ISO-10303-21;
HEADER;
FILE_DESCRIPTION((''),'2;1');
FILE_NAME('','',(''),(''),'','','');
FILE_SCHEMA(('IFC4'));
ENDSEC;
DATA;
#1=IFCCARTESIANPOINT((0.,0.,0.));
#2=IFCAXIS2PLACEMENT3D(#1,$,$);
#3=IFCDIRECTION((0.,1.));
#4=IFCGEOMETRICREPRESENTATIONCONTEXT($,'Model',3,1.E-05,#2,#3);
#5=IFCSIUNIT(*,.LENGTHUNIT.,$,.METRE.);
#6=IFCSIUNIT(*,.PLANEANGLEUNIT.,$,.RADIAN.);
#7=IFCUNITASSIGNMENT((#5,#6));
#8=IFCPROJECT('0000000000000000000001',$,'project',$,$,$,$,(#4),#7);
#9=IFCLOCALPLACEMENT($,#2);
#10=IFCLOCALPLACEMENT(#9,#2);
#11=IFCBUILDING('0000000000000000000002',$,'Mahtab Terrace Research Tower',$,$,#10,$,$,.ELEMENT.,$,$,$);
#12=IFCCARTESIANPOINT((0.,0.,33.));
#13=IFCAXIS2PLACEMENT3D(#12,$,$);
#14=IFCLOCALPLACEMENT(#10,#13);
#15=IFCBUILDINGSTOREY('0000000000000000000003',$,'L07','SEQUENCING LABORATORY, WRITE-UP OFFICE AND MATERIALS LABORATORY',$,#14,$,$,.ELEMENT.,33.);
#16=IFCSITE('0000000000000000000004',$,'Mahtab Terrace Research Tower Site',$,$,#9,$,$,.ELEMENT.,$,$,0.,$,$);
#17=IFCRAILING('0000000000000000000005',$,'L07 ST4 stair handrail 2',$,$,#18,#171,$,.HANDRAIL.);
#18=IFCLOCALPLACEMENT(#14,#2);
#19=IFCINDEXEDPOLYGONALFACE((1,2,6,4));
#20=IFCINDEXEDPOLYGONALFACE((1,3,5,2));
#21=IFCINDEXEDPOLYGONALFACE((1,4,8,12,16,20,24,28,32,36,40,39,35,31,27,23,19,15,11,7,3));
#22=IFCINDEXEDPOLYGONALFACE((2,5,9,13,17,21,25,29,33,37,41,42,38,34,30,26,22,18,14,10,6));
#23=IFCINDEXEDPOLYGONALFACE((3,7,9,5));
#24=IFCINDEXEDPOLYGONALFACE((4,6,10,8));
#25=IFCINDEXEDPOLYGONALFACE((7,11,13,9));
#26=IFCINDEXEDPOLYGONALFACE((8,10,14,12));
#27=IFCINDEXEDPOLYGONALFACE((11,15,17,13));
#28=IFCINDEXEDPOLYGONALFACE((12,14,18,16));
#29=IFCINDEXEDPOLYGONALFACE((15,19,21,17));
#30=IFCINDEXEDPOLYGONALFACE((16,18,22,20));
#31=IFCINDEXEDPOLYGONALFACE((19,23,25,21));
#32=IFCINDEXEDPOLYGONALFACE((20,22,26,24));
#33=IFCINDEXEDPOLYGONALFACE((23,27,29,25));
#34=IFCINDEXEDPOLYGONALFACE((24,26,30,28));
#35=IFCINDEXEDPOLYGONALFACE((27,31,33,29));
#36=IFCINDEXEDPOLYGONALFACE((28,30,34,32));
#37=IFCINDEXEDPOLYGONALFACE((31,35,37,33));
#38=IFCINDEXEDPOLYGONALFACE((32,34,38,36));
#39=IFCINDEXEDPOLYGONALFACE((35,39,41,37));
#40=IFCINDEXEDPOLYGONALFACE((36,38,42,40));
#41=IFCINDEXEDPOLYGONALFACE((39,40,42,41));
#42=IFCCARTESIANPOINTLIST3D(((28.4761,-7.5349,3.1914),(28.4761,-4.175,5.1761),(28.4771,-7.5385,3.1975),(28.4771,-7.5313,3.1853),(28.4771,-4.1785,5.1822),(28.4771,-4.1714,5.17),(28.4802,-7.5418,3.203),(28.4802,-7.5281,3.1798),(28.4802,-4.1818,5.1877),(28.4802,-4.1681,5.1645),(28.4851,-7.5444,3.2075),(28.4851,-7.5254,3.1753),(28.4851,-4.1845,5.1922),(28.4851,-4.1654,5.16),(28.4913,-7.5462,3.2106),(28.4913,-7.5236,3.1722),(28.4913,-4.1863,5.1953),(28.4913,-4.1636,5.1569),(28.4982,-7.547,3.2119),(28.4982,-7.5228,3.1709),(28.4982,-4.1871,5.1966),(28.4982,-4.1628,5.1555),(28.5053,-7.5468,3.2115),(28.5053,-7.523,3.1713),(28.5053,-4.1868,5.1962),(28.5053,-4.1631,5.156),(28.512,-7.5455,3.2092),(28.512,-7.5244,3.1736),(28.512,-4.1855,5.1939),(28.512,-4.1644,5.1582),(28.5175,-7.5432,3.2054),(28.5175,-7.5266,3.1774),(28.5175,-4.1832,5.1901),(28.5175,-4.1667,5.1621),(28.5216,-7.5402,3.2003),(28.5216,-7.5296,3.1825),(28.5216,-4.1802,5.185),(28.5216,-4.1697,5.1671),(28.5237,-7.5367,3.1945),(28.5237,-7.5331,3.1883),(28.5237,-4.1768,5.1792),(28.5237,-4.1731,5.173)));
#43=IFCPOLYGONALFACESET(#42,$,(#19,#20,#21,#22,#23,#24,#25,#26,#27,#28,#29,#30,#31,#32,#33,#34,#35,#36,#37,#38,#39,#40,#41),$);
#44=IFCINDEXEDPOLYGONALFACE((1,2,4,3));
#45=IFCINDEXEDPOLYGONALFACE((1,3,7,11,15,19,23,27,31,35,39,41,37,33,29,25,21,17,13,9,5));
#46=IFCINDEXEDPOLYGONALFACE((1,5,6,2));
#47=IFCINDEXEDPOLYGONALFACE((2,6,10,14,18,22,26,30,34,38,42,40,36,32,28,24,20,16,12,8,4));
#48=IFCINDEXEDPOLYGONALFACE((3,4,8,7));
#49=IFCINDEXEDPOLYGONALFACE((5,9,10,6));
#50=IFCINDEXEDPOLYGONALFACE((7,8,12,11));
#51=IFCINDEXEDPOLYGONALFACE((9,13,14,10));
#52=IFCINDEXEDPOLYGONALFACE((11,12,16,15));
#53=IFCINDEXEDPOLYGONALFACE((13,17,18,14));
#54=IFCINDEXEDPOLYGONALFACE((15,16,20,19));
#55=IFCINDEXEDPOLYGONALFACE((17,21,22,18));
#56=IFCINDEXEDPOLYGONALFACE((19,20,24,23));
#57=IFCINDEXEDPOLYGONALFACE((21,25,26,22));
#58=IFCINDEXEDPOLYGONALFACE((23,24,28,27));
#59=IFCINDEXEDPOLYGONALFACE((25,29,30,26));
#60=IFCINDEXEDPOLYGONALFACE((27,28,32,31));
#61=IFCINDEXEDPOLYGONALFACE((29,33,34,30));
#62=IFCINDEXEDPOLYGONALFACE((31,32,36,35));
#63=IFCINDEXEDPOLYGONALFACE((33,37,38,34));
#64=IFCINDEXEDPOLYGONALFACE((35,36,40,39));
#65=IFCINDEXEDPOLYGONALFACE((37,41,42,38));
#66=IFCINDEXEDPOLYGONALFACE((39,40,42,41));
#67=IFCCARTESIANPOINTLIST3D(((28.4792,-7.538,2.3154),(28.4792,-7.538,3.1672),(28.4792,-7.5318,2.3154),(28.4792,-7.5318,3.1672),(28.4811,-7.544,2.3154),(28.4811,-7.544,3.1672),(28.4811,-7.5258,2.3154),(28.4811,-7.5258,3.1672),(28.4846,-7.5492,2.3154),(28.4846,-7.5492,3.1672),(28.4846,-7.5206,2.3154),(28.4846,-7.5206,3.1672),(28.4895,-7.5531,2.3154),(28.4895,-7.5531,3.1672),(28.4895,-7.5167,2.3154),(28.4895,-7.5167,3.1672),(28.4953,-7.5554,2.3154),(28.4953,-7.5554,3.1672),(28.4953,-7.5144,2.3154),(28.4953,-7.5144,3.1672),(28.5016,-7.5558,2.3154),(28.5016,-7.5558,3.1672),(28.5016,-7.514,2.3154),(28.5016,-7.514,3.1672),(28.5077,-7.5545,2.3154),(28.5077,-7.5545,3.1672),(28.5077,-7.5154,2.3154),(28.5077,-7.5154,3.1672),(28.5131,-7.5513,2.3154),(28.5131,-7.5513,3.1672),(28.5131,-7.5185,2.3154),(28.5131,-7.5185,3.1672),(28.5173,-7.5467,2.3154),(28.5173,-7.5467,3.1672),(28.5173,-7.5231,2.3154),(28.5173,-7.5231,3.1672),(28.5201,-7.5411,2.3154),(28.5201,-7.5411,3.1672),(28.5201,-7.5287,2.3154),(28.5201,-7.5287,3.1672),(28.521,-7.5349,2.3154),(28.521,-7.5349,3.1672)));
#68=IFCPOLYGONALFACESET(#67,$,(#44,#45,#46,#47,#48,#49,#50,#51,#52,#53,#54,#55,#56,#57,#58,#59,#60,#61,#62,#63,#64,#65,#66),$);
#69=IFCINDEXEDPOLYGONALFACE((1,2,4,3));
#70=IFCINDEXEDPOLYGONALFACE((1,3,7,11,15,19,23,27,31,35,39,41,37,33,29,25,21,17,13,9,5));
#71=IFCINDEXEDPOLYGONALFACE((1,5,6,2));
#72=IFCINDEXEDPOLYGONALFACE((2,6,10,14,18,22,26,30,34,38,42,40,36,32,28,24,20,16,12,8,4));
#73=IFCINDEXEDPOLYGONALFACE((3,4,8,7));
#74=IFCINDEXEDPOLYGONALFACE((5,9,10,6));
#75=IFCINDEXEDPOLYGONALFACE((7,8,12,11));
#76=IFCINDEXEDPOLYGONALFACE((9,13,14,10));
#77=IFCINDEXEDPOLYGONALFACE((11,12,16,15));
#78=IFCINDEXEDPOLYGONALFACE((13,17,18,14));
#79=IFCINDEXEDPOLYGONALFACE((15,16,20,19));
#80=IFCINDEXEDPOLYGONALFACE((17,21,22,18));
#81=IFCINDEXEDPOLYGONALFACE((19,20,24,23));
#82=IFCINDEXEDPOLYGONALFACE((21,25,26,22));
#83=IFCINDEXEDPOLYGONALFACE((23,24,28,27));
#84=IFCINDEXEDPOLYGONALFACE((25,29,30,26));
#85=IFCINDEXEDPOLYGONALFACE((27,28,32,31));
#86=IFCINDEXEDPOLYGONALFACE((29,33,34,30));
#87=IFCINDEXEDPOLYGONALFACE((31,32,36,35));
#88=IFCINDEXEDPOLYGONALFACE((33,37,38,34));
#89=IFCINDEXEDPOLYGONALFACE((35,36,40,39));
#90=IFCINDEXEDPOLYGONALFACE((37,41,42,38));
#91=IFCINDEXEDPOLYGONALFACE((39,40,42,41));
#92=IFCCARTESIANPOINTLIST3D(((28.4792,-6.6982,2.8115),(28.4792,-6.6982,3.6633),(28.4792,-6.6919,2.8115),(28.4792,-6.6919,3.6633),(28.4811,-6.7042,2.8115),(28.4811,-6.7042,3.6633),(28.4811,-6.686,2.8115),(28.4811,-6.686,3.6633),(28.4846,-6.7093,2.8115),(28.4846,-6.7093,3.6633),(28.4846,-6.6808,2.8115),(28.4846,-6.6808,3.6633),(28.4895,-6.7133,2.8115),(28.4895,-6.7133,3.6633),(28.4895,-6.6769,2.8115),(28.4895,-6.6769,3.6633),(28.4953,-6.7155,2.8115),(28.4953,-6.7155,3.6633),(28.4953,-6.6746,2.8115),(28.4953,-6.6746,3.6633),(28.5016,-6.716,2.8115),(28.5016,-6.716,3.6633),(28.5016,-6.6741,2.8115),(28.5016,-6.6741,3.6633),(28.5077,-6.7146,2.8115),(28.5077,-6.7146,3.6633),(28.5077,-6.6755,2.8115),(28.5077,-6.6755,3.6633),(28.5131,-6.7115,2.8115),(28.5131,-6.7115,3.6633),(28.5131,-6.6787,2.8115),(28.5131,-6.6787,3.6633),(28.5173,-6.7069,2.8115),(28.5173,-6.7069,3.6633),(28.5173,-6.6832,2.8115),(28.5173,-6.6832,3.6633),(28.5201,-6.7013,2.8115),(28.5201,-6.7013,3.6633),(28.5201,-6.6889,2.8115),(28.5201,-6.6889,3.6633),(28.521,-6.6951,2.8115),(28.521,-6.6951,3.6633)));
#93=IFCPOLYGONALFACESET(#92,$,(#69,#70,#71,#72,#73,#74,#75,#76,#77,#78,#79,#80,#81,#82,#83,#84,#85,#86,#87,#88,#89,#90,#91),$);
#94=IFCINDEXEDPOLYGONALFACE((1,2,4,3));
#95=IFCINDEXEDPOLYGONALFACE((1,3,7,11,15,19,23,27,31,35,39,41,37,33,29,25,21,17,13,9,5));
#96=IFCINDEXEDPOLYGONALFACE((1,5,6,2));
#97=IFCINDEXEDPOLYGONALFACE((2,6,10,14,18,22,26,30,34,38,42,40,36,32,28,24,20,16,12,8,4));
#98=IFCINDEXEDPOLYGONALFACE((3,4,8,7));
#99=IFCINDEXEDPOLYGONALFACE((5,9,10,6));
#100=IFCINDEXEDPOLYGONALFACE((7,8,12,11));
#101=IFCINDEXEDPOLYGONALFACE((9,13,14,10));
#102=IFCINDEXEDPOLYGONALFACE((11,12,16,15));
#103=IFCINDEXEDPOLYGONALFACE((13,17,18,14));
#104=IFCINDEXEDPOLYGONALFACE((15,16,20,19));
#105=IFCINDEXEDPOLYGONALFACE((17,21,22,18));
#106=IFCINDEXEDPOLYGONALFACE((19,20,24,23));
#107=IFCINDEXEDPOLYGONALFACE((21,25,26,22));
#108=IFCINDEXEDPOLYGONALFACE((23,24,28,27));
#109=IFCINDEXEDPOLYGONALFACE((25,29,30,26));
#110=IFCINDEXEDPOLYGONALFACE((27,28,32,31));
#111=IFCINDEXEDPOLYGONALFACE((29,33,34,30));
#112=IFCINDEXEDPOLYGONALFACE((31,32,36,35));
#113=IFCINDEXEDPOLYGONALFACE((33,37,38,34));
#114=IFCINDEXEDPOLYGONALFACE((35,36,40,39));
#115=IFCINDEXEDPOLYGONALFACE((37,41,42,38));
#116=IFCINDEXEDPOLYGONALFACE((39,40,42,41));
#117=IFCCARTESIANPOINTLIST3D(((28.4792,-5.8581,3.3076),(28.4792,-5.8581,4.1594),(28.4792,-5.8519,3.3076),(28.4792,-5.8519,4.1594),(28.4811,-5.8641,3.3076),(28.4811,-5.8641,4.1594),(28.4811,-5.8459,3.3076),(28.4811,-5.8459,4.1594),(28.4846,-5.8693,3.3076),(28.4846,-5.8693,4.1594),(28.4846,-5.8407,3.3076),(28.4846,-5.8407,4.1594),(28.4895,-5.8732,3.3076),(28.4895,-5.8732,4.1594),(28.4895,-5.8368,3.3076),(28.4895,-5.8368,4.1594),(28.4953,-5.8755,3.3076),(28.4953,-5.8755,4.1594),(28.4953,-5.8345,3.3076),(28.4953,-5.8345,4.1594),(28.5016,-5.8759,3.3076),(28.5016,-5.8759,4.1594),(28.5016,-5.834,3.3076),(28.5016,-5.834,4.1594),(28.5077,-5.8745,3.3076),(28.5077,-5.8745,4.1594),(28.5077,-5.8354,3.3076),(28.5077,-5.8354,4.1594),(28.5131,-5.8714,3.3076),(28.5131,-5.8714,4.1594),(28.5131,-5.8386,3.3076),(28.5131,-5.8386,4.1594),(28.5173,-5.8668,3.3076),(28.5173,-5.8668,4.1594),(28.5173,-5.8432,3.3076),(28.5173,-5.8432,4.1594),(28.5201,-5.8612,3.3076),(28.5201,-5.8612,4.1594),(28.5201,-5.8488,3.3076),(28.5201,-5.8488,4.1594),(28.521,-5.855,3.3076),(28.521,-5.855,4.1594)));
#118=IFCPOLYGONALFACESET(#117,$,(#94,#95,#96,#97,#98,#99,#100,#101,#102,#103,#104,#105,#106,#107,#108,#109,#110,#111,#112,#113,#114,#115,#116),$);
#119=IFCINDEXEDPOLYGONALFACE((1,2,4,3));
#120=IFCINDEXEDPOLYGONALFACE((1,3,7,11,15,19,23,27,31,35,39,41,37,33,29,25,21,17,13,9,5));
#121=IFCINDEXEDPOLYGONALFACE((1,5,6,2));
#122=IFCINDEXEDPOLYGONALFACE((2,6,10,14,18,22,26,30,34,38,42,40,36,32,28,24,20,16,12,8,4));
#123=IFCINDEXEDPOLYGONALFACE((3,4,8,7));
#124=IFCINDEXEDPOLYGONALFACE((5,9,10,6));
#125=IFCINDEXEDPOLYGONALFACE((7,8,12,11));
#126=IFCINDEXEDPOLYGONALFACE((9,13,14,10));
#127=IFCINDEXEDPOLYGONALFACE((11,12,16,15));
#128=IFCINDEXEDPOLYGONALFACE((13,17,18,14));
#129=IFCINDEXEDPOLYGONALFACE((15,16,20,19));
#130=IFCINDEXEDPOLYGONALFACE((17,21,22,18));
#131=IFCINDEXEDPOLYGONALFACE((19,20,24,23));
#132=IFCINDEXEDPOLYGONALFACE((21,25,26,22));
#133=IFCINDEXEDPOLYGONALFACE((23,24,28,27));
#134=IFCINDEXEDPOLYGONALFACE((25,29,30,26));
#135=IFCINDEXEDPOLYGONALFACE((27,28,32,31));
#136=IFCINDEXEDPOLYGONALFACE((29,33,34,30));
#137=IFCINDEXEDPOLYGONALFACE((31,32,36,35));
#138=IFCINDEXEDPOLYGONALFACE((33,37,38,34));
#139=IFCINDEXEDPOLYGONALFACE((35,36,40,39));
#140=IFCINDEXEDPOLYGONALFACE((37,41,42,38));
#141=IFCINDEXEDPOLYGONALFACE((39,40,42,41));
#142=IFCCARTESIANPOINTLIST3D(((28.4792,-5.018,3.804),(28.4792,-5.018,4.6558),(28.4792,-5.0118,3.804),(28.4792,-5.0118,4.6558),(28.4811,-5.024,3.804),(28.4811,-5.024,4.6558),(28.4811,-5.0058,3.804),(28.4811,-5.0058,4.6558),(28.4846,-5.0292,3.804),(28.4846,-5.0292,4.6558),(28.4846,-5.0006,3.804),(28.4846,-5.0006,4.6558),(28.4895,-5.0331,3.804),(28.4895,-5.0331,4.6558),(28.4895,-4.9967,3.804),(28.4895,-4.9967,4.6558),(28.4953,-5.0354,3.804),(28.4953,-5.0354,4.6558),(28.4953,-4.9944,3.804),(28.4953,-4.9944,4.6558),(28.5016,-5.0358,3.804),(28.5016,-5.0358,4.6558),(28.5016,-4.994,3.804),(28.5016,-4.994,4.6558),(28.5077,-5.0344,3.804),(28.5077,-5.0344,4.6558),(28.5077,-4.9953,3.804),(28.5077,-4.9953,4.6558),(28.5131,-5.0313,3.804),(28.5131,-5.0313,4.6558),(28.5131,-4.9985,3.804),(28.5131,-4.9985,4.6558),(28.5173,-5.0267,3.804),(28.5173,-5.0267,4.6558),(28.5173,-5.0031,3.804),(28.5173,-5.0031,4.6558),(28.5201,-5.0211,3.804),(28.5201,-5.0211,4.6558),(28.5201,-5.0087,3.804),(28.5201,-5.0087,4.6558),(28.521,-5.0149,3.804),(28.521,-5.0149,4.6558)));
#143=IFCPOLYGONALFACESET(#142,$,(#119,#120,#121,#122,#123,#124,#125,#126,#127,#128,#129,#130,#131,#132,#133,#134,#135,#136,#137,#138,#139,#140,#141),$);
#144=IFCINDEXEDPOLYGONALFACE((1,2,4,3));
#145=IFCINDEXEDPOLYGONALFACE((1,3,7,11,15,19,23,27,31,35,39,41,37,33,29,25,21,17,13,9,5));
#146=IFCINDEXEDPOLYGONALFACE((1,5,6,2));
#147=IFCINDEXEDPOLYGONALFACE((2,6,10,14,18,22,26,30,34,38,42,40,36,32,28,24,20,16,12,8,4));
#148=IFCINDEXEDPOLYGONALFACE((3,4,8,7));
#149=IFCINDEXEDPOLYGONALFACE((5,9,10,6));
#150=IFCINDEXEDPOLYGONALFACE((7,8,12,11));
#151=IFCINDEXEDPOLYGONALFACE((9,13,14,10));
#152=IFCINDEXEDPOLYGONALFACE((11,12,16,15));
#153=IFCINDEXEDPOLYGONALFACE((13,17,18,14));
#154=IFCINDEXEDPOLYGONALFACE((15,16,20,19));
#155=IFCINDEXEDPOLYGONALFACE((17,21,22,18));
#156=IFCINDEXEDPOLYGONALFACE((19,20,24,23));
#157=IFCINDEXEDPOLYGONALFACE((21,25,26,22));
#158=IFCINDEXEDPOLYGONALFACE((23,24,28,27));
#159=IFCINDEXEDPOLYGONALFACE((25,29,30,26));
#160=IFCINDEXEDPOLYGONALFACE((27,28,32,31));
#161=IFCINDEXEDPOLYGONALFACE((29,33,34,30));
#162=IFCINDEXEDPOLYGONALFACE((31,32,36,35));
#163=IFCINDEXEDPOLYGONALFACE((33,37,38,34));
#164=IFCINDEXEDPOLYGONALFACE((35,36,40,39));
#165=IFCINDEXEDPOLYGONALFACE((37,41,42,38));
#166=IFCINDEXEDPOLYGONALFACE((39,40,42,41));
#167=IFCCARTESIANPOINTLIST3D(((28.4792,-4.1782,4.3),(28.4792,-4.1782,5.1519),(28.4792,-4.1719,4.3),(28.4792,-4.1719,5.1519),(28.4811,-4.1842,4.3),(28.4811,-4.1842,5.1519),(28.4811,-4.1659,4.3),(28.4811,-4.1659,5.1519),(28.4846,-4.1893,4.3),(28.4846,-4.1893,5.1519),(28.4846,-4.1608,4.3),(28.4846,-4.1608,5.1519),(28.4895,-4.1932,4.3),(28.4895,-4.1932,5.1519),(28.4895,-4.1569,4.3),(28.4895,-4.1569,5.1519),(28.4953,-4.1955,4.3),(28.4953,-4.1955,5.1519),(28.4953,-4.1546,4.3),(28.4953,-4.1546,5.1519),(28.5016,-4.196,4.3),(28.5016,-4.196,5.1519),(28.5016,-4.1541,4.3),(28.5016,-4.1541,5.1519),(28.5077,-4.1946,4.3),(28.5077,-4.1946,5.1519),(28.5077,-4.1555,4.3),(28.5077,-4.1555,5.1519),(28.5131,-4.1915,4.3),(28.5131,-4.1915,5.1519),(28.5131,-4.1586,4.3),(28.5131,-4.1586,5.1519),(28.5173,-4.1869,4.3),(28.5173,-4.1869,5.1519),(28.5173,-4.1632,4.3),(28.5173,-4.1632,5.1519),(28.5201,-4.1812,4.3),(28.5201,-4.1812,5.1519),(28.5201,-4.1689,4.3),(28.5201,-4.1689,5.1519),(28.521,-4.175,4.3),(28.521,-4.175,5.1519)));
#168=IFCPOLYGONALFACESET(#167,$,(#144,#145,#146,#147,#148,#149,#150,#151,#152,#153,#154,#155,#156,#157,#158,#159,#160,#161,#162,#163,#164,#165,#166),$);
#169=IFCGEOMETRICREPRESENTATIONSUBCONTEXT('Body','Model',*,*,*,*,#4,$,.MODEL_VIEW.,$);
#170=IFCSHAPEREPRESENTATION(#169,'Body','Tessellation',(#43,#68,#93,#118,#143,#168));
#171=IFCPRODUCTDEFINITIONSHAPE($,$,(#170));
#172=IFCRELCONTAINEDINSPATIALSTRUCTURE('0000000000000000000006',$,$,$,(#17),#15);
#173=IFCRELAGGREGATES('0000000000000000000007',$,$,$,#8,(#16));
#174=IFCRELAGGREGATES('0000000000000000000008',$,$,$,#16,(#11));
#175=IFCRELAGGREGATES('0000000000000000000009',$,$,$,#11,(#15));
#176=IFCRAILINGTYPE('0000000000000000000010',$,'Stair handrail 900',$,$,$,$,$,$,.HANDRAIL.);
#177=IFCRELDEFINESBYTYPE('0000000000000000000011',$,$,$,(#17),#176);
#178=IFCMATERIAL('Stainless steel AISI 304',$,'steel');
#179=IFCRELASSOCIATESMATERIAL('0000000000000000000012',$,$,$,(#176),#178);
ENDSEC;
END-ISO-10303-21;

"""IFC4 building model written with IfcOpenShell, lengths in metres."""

from ifc_helpers import new_model, si_unit, direction, frame, origin, origin_2d, place, context, subcontext, project, spatial, circle, extrude, material, type_object, element, save


model = new_model("IFC4")

# Units and contexts
model_context = context("Model", 3, precision=1e-05, world=origin(), true_north=direction((0.0, 1.0)))
body_context = subcontext(model_context, "Body", "Model", "MODEL_VIEW")
ifc_project = project(units=[si_unit("LENGTHUNIT", "METRE"), si_unit("PLANEANGLEUNIT", "RADIAN")], contexts=[model_context])

# Site, building, storey
site_placement = place(None, origin())
site = spatial("IfcSite", under=ifc_project, at=site_placement, Name="Mahtab Terrace Research Tower Site", CompositionType="ELEMENT", RefElevation=0.0)
building_placement = place(site_placement, origin())
building = spatial("IfcBuilding", under=site, at=building_placement, Name="Mahtab Terrace Research Tower", CompositionType="ELEMENT")
storey_placement = place(building_placement, frame((0.0, 0.0, 33.0)))
storey = spatial("IfcBuildingStorey", under=building, at=storey_placement, Name="L07", Description="SEQUENCING LABORATORY, WRITE-UP OFFICE AND MATERIALS LABORATORY", CompositionType="ELEMENT", Elevation=33.0)

# Shared definitions
ifc_material_1 = material(Name="Stainless steel AISI 304", Category="steel")

# Railing
railing_type_1 = type_object("IfcRailingType", Name="Stair handrail 900", PredefinedType="HANDRAIL", material=ifc_material_1)
railing_1_placement = place(storey_placement, frame((28.5, -7.5349, 2.3154)))
element("IfcRailing", 1, at=railing_1_placement, inside=storey, type_object=railing_type_1, Name="L07 ST4 stair handrail 2", PredefinedType="HANDRAIL", context=body_context, shape_type="SweptSolid", body=[
    extrude(circle(Radius=0.0239, at=origin_2d()), frame((0.0, 0.0, 0.876), z_axis=(0.0, 0.861011, 0.508586), x_axis=(-1.0, 0.0, 0.0)), (0.0, 0.0, 1.0), 3.9023),
    extrude(circle(Radius=0.021, at=origin_2d()), origin(), (0.0, 0.0, 1.0), 0.8518),
    extrude(circle(Radius=0.021, at=origin_2d()), frame((0.0, 0.8398, 0.4961)), (0.0, 0.0, 1.0), 0.8518),
    extrude(circle(Radius=0.021, at=origin_2d()), frame((0.0, 1.6799, 0.9922)), (0.0, 0.0, 1.0), 0.8518),
    extrude(circle(Radius=0.021, at=origin_2d()), frame((0.0, 2.52, 1.4885)), (0.0, 0.0, 1.0), 0.8518),
    extrude(circle(Radius=0.021, at=origin_2d()), frame((0.0, 3.3599, 1.9846)), (0.0, 0.0, 1.0), 0.8518),
])

save(model, "model.ifc")
